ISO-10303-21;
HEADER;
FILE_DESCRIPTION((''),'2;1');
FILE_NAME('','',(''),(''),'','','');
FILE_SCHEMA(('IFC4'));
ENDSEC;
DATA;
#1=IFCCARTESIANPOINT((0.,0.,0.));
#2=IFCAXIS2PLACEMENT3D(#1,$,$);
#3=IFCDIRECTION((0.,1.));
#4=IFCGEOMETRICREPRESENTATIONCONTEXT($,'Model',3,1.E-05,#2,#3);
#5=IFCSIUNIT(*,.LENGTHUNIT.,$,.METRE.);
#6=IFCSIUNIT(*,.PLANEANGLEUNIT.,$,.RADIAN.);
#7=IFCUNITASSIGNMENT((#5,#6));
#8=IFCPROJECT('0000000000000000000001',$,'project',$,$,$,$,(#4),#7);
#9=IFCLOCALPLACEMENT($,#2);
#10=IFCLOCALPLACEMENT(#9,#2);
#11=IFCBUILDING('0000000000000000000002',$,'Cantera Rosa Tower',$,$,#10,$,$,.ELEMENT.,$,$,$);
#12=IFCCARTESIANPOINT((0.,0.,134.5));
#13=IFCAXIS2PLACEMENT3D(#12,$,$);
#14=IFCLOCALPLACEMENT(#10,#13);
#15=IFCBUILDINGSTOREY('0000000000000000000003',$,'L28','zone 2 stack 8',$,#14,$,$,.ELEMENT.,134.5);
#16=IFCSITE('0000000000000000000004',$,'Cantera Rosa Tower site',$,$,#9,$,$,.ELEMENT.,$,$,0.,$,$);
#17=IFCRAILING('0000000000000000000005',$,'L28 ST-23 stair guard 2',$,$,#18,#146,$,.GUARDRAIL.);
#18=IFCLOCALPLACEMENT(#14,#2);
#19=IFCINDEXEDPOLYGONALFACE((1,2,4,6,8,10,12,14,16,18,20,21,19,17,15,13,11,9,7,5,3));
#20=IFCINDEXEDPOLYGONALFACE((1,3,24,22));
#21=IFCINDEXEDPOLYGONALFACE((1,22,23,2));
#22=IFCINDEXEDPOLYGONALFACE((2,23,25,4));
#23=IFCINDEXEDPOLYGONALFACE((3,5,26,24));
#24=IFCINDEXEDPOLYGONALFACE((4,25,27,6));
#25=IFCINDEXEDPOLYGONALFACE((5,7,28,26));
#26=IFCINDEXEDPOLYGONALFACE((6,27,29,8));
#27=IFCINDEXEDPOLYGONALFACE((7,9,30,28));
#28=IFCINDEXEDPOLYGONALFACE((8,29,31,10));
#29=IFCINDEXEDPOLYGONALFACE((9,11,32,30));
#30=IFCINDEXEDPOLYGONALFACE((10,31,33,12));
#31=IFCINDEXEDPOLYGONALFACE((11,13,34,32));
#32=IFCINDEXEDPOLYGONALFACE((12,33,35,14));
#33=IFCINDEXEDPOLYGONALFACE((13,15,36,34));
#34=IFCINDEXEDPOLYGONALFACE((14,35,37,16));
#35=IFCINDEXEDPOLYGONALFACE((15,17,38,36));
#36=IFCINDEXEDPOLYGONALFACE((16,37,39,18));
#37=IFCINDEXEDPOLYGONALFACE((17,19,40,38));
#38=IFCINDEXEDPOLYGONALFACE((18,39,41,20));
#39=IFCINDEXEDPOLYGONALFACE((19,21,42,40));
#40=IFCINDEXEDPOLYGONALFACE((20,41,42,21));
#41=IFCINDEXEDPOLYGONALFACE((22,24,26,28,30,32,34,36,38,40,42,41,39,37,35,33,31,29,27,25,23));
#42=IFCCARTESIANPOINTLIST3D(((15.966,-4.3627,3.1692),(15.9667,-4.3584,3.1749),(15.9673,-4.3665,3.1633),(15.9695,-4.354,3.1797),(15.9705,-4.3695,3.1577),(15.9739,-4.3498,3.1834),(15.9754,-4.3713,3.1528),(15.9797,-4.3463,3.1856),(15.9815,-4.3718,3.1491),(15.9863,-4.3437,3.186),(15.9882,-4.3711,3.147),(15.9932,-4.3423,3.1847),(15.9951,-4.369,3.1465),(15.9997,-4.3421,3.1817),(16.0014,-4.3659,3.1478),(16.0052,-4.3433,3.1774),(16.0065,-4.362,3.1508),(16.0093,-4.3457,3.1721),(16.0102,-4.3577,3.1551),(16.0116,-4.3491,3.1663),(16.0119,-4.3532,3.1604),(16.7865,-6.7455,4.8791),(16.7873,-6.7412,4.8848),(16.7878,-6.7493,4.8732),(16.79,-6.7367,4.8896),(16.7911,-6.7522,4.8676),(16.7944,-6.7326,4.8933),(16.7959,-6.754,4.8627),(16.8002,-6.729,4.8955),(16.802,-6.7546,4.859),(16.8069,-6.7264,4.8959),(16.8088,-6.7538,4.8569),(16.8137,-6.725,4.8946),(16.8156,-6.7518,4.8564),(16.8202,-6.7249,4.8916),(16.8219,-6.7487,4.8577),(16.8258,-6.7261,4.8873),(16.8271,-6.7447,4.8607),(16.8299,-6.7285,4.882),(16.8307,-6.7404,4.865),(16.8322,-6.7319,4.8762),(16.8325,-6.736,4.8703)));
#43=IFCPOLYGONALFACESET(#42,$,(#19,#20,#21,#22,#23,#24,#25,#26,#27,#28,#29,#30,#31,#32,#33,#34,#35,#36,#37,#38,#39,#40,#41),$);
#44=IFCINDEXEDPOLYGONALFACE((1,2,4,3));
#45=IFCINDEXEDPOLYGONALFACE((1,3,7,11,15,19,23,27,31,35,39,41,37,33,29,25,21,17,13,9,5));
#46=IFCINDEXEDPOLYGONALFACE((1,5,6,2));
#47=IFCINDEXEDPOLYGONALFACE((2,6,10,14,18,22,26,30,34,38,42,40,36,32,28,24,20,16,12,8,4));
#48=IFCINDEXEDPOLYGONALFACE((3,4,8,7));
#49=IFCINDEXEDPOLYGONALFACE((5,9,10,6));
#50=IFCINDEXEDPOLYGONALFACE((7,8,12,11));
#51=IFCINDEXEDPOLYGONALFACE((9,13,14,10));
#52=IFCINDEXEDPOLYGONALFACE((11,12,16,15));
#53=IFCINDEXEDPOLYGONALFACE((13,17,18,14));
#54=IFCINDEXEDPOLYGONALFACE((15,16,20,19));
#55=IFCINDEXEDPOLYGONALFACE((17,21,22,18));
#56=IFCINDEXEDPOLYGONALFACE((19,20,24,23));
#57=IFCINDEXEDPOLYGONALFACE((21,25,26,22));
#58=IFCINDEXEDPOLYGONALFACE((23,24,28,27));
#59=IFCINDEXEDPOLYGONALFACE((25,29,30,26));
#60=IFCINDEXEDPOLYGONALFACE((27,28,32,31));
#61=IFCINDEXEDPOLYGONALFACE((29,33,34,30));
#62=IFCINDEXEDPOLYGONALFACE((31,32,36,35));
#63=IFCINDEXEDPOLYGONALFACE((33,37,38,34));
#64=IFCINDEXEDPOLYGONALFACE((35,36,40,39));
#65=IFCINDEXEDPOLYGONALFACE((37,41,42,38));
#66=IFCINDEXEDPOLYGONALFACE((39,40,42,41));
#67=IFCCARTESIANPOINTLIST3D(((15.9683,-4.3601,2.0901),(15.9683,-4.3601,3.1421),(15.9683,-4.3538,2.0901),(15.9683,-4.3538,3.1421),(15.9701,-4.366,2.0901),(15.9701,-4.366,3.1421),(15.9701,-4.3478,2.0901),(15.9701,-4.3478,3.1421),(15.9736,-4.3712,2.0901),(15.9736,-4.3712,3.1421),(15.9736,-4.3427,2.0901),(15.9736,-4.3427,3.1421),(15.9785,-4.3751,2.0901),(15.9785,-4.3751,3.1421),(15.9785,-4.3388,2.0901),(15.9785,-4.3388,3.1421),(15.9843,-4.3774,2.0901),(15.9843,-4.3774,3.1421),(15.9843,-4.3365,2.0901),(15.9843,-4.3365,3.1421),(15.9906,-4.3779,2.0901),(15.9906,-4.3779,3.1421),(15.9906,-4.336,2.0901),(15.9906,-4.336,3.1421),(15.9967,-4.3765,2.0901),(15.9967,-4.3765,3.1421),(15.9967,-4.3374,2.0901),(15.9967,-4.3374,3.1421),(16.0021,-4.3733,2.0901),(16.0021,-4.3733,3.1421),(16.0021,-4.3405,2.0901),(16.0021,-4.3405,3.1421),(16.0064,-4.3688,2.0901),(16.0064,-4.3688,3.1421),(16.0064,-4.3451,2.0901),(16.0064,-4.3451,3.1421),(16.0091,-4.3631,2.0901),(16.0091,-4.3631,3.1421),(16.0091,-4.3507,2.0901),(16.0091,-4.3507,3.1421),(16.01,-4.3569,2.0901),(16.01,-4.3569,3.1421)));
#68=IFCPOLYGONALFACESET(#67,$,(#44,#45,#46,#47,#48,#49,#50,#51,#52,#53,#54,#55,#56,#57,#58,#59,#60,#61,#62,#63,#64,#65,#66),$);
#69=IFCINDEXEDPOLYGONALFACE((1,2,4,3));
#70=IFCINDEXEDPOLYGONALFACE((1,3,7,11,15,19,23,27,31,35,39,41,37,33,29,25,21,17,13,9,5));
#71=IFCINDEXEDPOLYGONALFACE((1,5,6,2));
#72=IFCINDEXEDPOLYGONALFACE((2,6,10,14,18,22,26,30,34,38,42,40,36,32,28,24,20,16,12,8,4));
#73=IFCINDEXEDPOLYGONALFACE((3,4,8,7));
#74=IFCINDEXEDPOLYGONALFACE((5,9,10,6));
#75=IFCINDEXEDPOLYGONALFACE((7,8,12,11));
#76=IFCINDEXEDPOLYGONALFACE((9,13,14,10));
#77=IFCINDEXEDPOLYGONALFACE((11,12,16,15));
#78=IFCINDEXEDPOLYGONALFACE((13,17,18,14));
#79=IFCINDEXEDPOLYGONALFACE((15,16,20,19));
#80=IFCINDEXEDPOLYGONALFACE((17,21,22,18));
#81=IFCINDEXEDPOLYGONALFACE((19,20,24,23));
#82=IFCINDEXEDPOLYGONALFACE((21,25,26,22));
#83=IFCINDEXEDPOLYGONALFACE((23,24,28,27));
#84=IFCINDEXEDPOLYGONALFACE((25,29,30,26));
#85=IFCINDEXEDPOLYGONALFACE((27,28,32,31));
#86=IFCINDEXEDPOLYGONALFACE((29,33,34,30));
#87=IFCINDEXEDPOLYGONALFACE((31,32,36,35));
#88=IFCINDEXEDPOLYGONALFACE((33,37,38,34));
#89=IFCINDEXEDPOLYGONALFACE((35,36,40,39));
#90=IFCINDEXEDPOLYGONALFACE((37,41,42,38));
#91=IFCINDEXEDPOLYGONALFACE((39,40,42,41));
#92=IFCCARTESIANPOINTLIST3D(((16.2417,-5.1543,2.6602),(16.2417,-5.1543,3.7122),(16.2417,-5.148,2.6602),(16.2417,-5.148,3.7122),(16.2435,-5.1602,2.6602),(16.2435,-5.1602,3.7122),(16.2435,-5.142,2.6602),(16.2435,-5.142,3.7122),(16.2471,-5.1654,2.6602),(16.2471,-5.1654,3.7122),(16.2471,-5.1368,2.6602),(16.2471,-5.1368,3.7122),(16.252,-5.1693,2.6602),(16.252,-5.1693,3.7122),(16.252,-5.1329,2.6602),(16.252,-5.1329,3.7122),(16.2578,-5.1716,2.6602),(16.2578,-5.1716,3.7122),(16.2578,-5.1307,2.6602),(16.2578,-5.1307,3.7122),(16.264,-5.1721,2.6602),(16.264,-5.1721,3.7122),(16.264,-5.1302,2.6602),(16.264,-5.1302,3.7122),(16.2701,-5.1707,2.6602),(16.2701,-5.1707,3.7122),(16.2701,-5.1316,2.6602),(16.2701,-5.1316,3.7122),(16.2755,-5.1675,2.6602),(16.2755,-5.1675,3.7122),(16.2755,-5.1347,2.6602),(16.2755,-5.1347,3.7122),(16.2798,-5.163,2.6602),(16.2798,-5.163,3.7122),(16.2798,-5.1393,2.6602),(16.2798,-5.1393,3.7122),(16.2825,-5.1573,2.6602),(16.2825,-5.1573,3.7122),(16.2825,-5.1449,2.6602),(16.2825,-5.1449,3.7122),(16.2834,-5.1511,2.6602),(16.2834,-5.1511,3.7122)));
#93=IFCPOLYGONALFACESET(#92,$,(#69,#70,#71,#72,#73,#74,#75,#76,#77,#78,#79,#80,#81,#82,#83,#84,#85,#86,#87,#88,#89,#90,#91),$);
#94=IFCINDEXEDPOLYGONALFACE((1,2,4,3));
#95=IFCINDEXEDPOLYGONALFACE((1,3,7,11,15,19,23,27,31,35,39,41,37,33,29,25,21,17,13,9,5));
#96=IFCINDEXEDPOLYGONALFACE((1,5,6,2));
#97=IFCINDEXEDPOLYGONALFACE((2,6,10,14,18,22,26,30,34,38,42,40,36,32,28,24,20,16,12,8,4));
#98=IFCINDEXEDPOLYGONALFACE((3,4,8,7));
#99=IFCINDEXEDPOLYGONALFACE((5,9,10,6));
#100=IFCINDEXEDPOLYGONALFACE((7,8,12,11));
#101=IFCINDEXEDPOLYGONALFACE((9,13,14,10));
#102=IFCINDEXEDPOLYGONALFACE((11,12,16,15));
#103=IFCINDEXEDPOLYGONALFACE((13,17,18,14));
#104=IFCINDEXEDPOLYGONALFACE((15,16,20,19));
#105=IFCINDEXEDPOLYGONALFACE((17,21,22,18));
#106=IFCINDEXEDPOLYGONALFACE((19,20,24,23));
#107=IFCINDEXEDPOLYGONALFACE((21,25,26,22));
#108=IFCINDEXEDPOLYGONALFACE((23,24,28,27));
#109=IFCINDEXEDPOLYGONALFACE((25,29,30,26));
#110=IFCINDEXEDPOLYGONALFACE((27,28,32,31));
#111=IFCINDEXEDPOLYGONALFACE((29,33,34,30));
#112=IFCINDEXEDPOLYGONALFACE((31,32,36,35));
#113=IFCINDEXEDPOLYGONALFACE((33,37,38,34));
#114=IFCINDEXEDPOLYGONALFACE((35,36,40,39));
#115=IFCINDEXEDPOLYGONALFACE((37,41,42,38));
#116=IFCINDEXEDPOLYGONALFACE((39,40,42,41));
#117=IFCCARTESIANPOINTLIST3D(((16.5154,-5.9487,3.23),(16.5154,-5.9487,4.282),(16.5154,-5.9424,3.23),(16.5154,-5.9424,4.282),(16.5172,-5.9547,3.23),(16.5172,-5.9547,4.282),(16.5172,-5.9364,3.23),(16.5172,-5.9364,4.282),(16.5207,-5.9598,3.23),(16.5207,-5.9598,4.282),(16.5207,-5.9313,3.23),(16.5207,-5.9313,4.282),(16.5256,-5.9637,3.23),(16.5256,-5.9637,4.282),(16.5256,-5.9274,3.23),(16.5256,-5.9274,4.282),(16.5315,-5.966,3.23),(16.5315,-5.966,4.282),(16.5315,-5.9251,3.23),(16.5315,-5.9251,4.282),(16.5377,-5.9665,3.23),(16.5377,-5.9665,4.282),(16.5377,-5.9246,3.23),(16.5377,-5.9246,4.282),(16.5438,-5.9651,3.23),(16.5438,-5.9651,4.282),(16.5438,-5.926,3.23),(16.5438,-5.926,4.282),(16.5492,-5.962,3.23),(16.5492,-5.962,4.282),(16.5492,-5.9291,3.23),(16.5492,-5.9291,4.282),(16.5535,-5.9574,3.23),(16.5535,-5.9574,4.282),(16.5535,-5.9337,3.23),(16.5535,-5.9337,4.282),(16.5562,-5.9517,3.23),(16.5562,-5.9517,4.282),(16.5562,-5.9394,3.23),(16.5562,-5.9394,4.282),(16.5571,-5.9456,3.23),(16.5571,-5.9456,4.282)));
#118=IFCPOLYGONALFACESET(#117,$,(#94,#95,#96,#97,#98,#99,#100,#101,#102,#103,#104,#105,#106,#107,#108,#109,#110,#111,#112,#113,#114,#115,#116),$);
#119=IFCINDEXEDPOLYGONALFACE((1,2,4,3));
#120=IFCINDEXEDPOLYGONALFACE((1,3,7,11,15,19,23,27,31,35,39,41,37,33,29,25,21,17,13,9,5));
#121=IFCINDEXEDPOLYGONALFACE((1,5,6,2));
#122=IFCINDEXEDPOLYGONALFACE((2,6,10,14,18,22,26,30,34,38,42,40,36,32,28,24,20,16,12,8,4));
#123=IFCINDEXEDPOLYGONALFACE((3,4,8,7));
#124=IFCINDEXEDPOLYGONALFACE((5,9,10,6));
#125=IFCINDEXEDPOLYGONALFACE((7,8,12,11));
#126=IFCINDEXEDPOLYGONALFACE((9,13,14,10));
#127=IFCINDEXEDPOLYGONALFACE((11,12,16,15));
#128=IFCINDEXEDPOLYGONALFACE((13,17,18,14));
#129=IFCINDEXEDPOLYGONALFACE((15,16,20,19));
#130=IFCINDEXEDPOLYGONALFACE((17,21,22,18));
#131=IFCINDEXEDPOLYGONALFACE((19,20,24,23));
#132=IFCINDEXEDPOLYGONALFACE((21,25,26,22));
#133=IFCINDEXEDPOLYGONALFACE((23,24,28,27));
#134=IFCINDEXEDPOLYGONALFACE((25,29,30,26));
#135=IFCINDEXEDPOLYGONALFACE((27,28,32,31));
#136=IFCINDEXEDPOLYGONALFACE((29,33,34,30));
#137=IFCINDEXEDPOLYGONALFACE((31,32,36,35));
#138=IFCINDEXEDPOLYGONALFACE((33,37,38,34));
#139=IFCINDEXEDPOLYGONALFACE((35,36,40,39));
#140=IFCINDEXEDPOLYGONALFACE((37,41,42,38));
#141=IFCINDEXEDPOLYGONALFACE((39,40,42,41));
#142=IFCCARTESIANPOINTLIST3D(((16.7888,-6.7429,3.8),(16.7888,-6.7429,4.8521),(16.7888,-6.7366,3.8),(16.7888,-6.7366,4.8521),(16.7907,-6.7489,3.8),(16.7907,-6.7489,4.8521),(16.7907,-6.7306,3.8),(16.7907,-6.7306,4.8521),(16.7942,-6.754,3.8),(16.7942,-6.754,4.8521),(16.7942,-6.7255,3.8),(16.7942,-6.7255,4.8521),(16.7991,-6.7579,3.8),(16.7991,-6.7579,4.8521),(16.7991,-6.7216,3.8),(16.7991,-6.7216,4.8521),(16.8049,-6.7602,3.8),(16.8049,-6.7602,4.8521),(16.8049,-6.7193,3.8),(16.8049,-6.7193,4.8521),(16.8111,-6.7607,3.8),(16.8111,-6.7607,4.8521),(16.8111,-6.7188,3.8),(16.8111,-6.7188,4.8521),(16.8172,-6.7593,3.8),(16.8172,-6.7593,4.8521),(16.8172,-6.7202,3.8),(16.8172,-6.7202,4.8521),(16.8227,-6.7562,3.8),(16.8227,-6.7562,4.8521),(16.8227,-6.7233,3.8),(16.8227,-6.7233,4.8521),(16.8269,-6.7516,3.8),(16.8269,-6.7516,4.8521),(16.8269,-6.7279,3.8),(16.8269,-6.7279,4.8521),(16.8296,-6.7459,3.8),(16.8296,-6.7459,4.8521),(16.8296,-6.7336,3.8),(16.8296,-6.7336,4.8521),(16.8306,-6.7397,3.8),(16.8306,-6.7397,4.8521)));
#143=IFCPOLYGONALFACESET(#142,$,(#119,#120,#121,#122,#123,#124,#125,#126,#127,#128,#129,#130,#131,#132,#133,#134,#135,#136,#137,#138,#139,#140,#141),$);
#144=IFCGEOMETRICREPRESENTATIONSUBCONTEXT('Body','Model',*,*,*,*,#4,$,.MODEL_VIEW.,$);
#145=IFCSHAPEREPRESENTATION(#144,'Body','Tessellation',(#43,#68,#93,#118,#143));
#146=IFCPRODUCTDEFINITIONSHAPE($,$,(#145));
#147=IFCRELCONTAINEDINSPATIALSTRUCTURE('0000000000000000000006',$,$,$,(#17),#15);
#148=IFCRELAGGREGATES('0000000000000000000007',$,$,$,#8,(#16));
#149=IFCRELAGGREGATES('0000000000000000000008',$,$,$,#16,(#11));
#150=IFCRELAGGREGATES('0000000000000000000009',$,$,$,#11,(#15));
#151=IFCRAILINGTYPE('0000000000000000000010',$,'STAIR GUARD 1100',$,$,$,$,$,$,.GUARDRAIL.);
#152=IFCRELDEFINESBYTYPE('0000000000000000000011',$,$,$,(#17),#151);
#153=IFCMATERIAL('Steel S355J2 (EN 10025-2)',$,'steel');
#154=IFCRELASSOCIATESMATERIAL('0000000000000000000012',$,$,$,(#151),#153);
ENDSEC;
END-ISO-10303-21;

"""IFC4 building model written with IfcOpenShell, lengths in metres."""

from ifc_helpers import new_model, si_unit, direction, frame, origin, origin_2d, place, context, subcontext, project, spatial, circle, extrude, material, type_object, element, save


model = new_model("IFC4")

# Units and contexts
model_context = context("Model", 3, precision=1e-05, world=origin(), true_north=direction((0.0, 1.0)))
body_context = subcontext(model_context, "Body", "Model", "MODEL_VIEW")
ifc_project = project(units=[si_unit("LENGTHUNIT", "METRE"), si_unit("PLANEANGLEUNIT", "RADIAN")], contexts=[model_context])

# Site, building, storey
site_placement = place(None, origin())
site = spatial("IfcSite", under=ifc_project, at=site_placement, Name="Cantera Rosa Tower site", CompositionType="ELEMENT", RefElevation=0.0)
building_placement = place(site_placement, origin())
building = spatial("IfcBuilding", under=site, at=building_placement, Name="Cantera Rosa Tower", CompositionType="ELEMENT")
storey_placement = place(building_placement, frame((0.0, 0.0, 134.5)))
storey = spatial("IfcBuildingStorey", under=building, at=storey_placement, Name="L28", Description="zone 2 stack 8", CompositionType="ELEMENT", Elevation=134.5)

# Railing
ifc_material_1 = material(Name="Steel S355J2 (EN 10025-2)", Category="steel")
railing_type_1 = type_object("IfcRailingType", Name="STAIR GUARD 1100", PredefinedType="GUARDRAIL", material=ifc_material_1)
railing_1_placement = place(storey_placement, frame((15.989, -4.3569, 2.0901)))
element("IfcRailing", 1, at=railing_1_placement, inside=storey, type_object=railing_type_1, Name="L28 ST-23 stair guard 2", PredefinedType="GUARDRAIL", context=body_context, shape_type="SweptSolid", body=[
    extrude(circle(Radius=0.0239, at=origin_2d()), frame((0.0, 0.0, 1.0762), z_axis=(0.269432, -0.782404, 0.561471), x_axis=(0.945508, 0.3256, 0.0)), (0.0, 0.0, 1.0), 3.0454),
    extrude(circle(Radius=0.021, at=origin_2d()), origin(), (0.0, 0.0, 1.0), 1.052),
    extrude(circle(Radius=0.021, at=origin_2d()), frame((0.2734, -0.7942, 0.5701)), (0.0, 0.0, 1.0), 1.052),
    extrude(circle(Radius=0.021, at=origin_2d()), frame((0.5471, -1.5886, 1.1399)), (0.0, 0.0, 1.0), 1.052),
    extrude(circle(Radius=0.021, at=origin_2d()), frame((0.8206, -2.3828, 1.71)), (0.0, 0.0, 1.0), 1.052),
])

save(model, "model.ifc")
